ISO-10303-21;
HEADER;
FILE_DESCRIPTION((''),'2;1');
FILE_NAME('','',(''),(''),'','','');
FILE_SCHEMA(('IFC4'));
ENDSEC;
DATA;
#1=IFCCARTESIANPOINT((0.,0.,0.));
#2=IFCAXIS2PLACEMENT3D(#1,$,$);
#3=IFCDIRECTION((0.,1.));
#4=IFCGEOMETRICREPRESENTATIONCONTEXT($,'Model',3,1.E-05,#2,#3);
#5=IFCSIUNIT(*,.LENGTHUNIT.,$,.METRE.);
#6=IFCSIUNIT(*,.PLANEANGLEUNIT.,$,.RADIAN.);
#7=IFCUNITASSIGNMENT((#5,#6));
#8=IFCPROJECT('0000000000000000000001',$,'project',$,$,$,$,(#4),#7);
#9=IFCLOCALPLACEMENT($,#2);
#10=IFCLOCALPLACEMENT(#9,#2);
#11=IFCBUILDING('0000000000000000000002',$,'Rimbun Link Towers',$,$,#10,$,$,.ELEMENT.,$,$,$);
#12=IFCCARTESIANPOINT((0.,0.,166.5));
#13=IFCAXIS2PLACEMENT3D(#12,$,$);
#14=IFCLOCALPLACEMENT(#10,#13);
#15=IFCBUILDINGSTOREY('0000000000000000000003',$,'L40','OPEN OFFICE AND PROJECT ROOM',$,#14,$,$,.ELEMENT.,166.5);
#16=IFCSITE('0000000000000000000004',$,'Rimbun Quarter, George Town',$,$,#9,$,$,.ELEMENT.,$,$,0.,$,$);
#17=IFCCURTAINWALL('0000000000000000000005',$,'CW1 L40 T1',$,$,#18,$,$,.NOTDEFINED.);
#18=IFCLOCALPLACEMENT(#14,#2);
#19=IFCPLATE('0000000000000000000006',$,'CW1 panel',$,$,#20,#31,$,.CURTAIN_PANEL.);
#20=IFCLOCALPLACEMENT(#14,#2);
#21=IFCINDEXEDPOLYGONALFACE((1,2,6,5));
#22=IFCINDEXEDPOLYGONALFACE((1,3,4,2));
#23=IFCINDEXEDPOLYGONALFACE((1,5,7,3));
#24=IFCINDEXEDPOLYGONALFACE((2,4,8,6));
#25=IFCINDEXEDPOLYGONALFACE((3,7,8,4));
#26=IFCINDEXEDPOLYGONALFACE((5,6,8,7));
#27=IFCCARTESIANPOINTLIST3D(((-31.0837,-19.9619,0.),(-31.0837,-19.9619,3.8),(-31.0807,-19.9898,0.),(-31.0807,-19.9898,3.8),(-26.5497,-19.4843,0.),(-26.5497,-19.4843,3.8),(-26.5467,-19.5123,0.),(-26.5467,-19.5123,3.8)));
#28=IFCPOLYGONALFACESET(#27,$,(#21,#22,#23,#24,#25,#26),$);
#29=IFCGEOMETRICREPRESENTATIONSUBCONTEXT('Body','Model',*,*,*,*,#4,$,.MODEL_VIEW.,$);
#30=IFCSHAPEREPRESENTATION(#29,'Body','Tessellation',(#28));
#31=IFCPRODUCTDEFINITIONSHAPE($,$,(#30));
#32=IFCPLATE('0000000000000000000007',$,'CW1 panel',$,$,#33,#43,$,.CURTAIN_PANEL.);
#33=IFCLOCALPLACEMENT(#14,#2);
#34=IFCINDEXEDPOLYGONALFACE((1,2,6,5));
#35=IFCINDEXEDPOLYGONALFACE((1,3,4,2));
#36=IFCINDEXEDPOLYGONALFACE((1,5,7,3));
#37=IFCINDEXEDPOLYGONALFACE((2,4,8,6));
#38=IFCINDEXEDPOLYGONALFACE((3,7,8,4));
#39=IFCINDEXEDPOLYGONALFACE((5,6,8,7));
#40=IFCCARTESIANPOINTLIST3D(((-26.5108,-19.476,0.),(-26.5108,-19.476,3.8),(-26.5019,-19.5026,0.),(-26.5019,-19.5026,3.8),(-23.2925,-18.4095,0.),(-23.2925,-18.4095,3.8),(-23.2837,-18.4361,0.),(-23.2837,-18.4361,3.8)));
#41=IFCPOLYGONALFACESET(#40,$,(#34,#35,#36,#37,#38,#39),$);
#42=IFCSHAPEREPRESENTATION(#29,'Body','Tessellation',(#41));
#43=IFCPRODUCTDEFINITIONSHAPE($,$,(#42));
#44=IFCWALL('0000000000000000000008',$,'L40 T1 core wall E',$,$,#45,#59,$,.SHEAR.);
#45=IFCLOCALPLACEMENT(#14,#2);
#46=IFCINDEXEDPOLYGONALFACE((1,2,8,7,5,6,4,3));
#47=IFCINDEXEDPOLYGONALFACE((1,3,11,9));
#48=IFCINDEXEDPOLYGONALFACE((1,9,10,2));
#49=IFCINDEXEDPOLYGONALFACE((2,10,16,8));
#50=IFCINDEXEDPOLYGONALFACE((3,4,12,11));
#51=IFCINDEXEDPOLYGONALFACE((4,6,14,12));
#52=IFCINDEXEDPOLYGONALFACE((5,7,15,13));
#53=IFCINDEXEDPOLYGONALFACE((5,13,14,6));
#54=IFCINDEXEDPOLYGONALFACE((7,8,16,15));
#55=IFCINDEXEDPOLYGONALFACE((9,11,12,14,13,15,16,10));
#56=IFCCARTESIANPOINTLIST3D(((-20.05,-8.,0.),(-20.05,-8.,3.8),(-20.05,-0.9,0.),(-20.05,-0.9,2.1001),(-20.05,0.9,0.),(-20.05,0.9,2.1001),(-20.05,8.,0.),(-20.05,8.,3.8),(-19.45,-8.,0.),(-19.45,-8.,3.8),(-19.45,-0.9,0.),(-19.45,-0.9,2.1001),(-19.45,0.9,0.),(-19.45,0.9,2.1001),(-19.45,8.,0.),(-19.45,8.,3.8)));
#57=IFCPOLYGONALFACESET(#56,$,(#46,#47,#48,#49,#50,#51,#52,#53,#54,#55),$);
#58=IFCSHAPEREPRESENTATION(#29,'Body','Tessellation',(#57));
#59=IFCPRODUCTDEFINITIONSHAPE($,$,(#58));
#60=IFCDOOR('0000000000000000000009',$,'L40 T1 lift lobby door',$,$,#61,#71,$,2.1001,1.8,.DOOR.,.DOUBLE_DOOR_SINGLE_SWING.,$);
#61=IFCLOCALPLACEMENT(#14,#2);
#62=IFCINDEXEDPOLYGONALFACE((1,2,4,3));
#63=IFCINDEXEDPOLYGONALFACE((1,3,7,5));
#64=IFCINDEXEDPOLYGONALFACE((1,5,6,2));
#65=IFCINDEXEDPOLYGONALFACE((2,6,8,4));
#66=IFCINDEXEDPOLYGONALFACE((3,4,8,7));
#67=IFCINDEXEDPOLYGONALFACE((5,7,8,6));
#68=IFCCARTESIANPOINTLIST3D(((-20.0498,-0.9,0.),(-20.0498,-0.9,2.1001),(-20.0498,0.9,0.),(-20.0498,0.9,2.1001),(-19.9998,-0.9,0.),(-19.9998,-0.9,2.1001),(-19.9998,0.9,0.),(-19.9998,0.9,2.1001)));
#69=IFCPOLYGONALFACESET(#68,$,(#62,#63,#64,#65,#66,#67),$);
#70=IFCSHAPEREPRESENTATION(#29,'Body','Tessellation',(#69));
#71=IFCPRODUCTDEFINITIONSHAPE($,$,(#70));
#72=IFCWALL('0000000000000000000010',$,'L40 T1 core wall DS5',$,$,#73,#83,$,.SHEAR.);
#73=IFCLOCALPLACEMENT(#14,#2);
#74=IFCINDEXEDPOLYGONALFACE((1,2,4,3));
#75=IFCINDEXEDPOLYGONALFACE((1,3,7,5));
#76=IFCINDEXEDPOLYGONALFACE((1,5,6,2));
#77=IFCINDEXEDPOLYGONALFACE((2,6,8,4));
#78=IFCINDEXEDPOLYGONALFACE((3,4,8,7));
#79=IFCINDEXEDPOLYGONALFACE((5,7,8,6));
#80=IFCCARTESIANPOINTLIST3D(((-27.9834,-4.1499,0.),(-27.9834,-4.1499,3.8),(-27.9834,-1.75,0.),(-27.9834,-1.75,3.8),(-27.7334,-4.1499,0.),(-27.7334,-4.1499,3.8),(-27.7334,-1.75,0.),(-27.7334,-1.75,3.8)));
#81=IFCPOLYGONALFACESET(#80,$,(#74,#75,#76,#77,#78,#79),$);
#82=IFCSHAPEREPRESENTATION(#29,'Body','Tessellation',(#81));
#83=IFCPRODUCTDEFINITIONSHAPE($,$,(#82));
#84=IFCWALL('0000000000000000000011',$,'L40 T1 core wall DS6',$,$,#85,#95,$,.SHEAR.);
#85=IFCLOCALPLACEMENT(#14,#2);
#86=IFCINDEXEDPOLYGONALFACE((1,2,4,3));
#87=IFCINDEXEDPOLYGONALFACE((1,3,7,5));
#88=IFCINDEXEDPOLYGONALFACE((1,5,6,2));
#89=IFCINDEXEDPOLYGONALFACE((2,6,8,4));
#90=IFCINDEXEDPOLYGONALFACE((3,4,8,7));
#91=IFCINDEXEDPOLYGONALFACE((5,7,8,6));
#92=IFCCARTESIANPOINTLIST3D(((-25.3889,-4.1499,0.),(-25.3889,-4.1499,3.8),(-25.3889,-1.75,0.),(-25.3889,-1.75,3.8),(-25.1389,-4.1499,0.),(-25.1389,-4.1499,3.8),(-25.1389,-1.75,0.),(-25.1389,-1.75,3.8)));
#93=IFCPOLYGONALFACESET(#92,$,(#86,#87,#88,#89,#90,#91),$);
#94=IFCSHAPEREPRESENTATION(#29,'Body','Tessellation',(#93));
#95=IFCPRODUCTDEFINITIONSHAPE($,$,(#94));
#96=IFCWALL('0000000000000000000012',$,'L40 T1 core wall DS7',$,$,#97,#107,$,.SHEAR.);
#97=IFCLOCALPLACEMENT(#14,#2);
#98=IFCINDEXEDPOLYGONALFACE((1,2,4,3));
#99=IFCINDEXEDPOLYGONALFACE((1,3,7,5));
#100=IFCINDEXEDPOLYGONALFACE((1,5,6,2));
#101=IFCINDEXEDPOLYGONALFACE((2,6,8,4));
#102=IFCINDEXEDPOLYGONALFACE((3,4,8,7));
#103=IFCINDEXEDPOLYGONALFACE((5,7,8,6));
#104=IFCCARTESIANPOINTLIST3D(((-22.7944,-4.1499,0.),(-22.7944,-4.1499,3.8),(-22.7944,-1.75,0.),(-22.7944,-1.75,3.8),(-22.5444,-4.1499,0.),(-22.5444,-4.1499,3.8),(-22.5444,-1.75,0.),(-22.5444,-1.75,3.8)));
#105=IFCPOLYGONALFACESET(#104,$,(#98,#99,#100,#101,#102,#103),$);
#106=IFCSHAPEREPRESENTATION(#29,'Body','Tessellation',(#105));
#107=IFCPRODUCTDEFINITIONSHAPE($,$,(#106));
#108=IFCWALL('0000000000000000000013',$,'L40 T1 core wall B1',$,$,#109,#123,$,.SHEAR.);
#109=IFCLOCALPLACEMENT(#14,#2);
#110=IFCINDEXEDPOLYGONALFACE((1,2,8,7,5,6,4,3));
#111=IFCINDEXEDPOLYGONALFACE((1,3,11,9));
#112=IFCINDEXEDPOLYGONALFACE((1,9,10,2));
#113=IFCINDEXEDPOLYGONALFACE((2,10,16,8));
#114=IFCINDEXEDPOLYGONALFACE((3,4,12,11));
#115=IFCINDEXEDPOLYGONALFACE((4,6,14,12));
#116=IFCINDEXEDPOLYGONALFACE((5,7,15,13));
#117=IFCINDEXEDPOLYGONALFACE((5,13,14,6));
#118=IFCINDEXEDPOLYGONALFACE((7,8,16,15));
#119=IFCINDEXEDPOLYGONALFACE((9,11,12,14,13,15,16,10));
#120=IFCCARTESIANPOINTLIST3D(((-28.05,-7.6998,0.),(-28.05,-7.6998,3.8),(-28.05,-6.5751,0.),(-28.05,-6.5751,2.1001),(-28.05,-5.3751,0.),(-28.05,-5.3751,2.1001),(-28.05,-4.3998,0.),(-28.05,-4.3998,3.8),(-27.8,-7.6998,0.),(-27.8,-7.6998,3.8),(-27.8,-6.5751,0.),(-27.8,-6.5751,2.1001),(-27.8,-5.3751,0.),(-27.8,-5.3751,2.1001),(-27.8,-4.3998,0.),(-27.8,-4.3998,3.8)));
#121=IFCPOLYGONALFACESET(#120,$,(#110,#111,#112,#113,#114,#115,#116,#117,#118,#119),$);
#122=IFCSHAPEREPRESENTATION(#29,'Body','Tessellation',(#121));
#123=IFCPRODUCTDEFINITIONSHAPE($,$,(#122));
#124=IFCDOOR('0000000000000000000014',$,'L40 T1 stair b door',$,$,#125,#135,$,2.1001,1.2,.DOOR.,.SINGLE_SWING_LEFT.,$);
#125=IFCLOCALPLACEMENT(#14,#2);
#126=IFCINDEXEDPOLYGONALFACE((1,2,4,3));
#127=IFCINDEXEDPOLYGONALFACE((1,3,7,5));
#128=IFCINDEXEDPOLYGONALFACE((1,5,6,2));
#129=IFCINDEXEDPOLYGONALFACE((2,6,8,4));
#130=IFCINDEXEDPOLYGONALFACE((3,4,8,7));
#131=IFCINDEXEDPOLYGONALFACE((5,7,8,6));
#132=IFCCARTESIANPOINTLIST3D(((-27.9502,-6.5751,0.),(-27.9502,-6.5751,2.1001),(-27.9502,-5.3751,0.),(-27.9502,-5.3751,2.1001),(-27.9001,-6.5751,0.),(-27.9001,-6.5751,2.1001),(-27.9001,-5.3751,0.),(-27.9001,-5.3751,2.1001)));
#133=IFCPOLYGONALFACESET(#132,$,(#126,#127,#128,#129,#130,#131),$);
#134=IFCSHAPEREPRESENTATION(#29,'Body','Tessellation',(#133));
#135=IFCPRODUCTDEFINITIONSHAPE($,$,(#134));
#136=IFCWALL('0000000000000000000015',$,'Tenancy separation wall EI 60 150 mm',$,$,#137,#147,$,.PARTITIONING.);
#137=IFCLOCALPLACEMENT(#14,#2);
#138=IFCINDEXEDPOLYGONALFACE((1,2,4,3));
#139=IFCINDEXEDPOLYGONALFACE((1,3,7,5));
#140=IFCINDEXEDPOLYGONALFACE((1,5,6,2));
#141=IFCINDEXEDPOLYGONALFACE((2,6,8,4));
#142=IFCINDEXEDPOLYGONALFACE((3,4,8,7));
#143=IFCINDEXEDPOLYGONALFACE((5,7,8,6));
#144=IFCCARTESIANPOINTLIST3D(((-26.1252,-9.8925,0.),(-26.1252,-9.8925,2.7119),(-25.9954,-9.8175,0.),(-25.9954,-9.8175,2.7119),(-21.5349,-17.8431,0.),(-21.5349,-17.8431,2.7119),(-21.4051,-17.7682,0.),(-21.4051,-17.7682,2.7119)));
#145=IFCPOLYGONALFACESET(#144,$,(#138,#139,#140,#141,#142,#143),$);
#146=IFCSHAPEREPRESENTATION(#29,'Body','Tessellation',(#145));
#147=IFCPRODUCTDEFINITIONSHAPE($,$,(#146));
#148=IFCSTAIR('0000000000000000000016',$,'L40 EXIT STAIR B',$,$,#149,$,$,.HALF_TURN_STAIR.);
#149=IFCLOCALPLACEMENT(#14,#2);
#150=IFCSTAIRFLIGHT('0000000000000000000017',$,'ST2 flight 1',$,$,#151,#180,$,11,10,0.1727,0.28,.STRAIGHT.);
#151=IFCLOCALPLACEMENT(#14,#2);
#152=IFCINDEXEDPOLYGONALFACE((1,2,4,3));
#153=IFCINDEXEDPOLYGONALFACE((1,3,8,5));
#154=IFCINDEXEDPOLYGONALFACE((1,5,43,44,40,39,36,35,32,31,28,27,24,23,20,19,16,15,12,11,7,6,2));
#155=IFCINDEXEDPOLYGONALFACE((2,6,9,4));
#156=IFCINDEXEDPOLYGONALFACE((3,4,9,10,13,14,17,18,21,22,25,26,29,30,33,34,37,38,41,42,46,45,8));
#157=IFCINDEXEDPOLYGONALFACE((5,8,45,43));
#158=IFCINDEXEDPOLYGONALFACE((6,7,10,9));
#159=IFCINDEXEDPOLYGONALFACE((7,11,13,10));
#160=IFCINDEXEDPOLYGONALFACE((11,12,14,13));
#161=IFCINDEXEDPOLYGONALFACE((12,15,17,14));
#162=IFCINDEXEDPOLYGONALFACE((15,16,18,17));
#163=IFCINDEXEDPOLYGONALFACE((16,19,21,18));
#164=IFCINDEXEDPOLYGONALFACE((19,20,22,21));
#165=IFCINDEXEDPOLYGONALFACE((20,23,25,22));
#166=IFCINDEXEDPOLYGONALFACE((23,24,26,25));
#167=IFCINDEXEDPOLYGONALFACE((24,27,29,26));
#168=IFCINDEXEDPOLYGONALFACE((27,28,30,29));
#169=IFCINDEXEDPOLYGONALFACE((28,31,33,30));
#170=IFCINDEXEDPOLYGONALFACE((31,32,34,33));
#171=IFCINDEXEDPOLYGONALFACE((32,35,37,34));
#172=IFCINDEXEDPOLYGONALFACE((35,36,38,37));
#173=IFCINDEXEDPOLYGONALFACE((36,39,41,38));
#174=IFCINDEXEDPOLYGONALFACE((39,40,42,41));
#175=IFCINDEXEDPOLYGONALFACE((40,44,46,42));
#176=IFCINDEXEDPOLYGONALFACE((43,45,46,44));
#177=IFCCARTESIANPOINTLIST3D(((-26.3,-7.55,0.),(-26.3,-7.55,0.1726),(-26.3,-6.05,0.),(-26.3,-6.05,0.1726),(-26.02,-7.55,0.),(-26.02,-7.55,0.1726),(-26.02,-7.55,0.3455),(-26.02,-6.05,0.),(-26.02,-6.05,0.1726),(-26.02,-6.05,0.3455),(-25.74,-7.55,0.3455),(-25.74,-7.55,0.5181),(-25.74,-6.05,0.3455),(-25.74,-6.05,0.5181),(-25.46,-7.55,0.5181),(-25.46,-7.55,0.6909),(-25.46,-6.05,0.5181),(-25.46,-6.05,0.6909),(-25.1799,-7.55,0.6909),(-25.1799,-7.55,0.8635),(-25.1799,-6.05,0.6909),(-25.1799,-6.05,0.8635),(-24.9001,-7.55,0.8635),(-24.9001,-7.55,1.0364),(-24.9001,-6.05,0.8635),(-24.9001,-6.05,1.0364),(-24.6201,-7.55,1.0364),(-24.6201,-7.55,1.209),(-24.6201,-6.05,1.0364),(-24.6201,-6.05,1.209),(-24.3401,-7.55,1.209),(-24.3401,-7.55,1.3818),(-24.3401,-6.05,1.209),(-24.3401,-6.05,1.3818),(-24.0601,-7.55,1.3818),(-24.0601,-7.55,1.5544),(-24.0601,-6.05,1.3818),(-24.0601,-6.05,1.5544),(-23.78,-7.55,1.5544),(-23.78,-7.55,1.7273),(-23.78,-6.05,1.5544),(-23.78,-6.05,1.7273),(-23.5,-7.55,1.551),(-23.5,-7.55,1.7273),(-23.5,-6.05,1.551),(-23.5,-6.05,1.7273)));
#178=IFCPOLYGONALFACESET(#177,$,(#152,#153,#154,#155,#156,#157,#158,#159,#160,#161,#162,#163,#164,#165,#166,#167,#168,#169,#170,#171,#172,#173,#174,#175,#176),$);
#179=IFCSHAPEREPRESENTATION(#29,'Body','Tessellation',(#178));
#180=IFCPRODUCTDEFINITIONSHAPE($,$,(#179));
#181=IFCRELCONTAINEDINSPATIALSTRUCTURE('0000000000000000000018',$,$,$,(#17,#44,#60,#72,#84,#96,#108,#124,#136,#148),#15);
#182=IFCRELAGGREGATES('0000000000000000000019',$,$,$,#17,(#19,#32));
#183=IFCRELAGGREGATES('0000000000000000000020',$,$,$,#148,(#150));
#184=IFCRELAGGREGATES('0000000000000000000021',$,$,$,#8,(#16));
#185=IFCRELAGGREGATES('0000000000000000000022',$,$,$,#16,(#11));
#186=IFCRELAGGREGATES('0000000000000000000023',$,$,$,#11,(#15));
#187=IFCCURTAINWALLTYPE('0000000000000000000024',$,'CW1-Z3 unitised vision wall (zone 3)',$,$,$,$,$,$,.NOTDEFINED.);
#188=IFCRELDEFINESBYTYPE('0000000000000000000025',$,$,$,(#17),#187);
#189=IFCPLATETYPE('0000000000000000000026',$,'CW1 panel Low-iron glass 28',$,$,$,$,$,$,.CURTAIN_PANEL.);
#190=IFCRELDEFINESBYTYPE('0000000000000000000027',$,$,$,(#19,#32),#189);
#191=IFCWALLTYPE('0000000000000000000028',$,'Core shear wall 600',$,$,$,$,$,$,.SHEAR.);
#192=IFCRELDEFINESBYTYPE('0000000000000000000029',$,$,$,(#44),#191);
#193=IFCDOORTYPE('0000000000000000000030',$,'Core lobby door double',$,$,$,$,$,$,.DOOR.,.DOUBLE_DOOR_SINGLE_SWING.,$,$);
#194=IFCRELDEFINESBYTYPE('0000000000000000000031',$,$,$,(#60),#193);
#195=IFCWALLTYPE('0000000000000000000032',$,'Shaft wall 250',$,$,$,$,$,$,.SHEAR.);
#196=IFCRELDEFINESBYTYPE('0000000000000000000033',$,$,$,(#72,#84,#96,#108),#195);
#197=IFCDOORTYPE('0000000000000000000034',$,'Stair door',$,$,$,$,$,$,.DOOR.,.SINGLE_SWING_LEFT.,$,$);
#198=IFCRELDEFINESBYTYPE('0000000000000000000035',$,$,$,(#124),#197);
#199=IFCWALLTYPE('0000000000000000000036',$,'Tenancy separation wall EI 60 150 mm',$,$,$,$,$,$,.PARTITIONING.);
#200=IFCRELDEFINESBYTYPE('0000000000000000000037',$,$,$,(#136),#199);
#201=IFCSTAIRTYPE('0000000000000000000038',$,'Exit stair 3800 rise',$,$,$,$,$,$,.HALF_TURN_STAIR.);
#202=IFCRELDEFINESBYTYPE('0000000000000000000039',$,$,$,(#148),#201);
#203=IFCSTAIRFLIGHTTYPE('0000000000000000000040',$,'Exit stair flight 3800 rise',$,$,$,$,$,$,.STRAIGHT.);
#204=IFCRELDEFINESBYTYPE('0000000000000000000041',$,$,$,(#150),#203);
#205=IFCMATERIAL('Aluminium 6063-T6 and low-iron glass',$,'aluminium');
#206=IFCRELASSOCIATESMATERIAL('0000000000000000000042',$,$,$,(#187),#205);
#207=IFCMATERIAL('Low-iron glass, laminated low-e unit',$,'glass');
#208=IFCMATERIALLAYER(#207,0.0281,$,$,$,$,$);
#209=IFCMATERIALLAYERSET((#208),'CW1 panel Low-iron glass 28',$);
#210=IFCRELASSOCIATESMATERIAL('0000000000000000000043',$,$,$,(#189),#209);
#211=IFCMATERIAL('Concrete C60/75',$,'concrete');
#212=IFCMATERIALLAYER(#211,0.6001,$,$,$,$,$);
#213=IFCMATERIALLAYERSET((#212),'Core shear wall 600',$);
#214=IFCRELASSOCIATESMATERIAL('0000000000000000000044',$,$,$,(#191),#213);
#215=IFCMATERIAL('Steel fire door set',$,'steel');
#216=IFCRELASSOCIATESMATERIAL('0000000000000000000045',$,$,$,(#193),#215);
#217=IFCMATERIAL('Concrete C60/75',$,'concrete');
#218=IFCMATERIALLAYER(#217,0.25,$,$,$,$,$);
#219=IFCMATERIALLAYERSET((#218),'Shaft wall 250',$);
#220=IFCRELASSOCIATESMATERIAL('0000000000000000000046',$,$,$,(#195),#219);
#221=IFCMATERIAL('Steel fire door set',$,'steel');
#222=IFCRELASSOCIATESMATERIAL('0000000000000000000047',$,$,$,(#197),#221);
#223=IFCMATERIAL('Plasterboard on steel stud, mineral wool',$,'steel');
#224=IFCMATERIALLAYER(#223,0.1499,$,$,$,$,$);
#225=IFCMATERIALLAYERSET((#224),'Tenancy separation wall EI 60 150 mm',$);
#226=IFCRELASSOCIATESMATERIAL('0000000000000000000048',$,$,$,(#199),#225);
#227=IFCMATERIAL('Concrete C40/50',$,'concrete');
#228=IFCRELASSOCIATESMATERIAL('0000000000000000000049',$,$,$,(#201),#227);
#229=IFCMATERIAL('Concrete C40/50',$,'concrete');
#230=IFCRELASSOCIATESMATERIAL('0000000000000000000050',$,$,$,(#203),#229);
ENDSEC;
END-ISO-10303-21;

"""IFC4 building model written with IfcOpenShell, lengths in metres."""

from ifc_helpers import new_model, si_unit, direction, frame, frame_2d, origin, origin_2d, place, context, subcontext, project, spatial, polyline, rectangle, outline, extrude, material, layer, layer_set, type_object, element, fill, aggregate, save


model = new_model("IFC4")

# Units and contexts
model_context = context("Model", 3, precision=1e-05, world=origin(), true_north=direction((0.0, 1.0)))
body_context = subcontext(model_context, "Body", "Model", "MODEL_VIEW")
ifc_project = project(units=[si_unit("LENGTHUNIT", "METRE"), si_unit("PLANEANGLEUNIT", "RADIAN")], contexts=[model_context])

# Site, building, storey
site_placement = place(None, origin())
site = spatial("IfcSite", under=ifc_project, at=site_placement, Name="Rimbun Quarter, George Town", CompositionType="ELEMENT", RefElevation=0.0)
building_placement = place(site_placement, origin())
building = spatial("IfcBuilding", under=site, at=building_placement, Name="Rimbun Link Towers", CompositionType="ELEMENT")
storey_placement = place(building_placement, frame((0.0, 0.0, 166.5)))
storey = spatial("IfcBuildingStorey", under=building, at=storey_placement, Name="L40", Description="OPEN OFFICE AND PROJECT ROOM", CompositionType="ELEMENT", Elevation=166.5)

# Curtain wall
ifc_material_1 = material(Name="Aluminium 6063-T6 and low-iron glass", Category="aluminium")
curtain_wall_type = type_object("IfcCurtainWallType", Name="CW1-Z3 unitised vision wall (zone 3)", PredefinedType="NOTDEFINED", material=ifc_material_1)
curtain_wall_placement = place(storey_placement, origin())
curtain_wall = element("IfcCurtainWall", 1, at=curtain_wall_placement, inside=storey, type_object=curtain_wall_type, Name="CW1 L40 T1", PredefinedType="NOTDEFINED")

# Plates
ifc_material_2 = material(Name="Low-iron glass, laminated low-e unit", Category="glass")
ifc_layer_1 = layer(ifc_material_2, 0.0281)
ifc_layer_set_1 = layer_set([ifc_layer_1], Name="CW1 panel Low-iron glass 28")
plate_type = type_object("IfcPlateType", Name="CW1 panel Low-iron glass 28", PredefinedType="CURTAIN_PANEL", material=ifc_layer_set_1)
plate_1_placement = place(storey_placement, frame((-28.8152, -19.7371, 0.0), z_axis=(0.0, 0.0, 1.0), x_axis=(-0.9945, -0.10474, 0.0)))
plate_1 = element("IfcPlate", 2, at=plate_1_placement, type_object=plate_type, Name="CW1 panel", PredefinedType="CURTAIN_PANEL", context=body_context, shape_type="SweptSolid", body=[
    extrude(rectangle(XDim=4.5591, YDim=0.0281, at=origin_2d()), origin(), (0.0, 0.0, 1.0), 3.8),
])
plate_2_placement = place(storey_placement, frame((-24.8972, -18.9561, 0.0), z_axis=(0.0, 0.0, 1.0), x_axis=(-0.949239, -0.314556, 0.0)))
plate_2 = element("IfcPlate", 3, at=plate_2_placement, type_object=plate_type, Name="CW1 panel", PredefinedType="CURTAIN_PANEL", context=body_context, shape_type="SweptSolid", body=[
    extrude(rectangle(XDim=3.3904, YDim=0.0281, at=origin_2d()), origin(), (0.0, 0.0, 1.0), 3.8),
])
aggregate(curtain_wall, [plate_1, plate_2])

# Wall, opening, door
ifc_material_3 = material(Name="Concrete C60/75", Category="concrete")
ifc_layer_2 = layer(ifc_material_3, 0.6001)
ifc_layer_set_2 = layer_set([ifc_layer_2], Name="Core shear wall 600")
wall_type_1 = type_object("IfcWallType", Name="Core shear wall 600", PredefinedType="SHEAR", material=ifc_layer_set_2)
wall_1_placement = place(storey_placement, frame((-19.75, -8.0, 0.0), z_axis=(0.0, 0.0, 1.0), x_axis=(0.0, 1.0, 0.0)))
wall_1 = element("IfcWall", 4, at=wall_1_placement, inside=storey, type_object=wall_type_1, Name="L40 T1 core wall E", PredefinedType="SHEAR", context=body_context, shape_type="SweptSolid", body=[
    extrude(rectangle(XDim=16.0, YDim=0.6001, at=frame_2d((8.0, 0.0))), origin(), (0.0, 0.0, 1.0), 3.8),
])
opening_1_placement = place(wall_1_placement, frame((7.1001, 0.0, 0.0)))
opening_1 = element("IfcOpeningElement", 5, at=opening_1_placement, cuts=wall_1, PredefinedType="OPENING", context=body_context, shape_type="SweptSolid", body=[
    extrude(rectangle(XDim=1.8, YDim=2.1001, at=frame_2d((0.8999, 1.05))), frame((0.0, 0.3101, 0.0), z_axis=(0.0, -1.0, 0.0), x_axis=(1.0, 0.0, 0.0)), (0.0, 0.0, 1.0), 0.6201),
])
ifc_material_4 = material(Name="Steel fire door set", Category="steel")
door_type_1 = type_object("IfcDoorType", Name="Core lobby door double", OperationType="DOUBLE_DOOR_SINGLE_SWING", PredefinedType="DOOR", material=ifc_material_4)
door_1_placement = place(opening_1_placement, origin())
door_1 = element("IfcDoor", 6, at=door_1_placement, inside=storey, type_object=door_type_1, Name="L40 T1 lift lobby door", OperationType="DOUBLE_DOOR_SINGLE_SWING", OverallHeight=2.1001, OverallWidth=1.8, PredefinedType="DOOR", context=body_context, shape_type="SweptSolid", body=[
    extrude(rectangle(XDim=1.8, YDim=2.1001, at=frame_2d((0.8999, 1.05))), frame((0.0, 0.2998, 0.0), z_axis=(0.0, -1.0, 0.0), x_axis=(1.0, 0.0, 0.0)), (0.0, 0.0, 1.0), 0.05),
])
fill(opening_1, door_1)

# Walls
ifc_material_5 = material(Name="Concrete C60/75", Category="concrete")
ifc_layer_3 = layer(ifc_material_5, 0.25)
ifc_layer_set_3 = layer_set([ifc_layer_3], Name="Shaft wall 250")
wall_type_2 = type_object("IfcWallType", Name="Shaft wall 250", PredefinedType="SHEAR", material=ifc_layer_set_3)
for number, where, z_axis, x_axis, name in (
    (7, (-27.8584, -4.1499, 0.0), (0.0, 0.0, 1.0), (0.0, 1.0, 0.0), "L40 T1 core wall DS5"),
    (8, (-25.2639, -4.1499, 0.0), (0.0, 0.0, 1.0), (0.0, 1.0, 0.0), "L40 T1 core wall DS6"),
    (9, (-22.6694, -4.1499, 0.0), (0.0, 0.0, 1.0), (0.0, 1.0, 0.0), "L40 T1 core wall DS7"),
):
    element("IfcWall", number, at=place(storey_placement, frame(where, z_axis=z_axis, x_axis=x_axis)), inside=storey, type_object=wall_type_2, Name=name, PredefinedType="SHEAR", context=body_context, shape_type="SweptSolid", body=[
        extrude(rectangle(XDim=2.3999, YDim=0.25, at=frame_2d((1.2, 0.0))), origin(), (0.0, 0.0, 1.0), 3.8),
    ])

# Wall, opening, door
wall_2_placement = place(storey_placement, frame((-27.925, -4.3999, 0.0), z_axis=(0.0, 0.0, 1.0), x_axis=(0.0, -1.0, 0.0)))
wall_2 = element("IfcWall", 10, at=wall_2_placement, inside=storey, type_object=wall_type_2, Name="L40 T1 core wall B1", PredefinedType="SHEAR", context=body_context, shape_type="SweptSolid", body=[
    extrude(rectangle(XDim=3.3, YDim=0.25, at=frame_2d((1.6499, 0.0))), origin(), (0.0, 0.0, 1.0), 3.8),
])
opening_2_placement = place(wall_2_placement, frame((0.9751, 0.0, 0.0)))
opening_2 = element("IfcOpeningElement", 11, at=opening_2_placement, cuts=wall_2, PredefinedType="OPENING", context=body_context, shape_type="SweptSolid", body=[
    extrude(rectangle(XDim=1.2, YDim=2.1001, at=frame_2d((0.6001, 1.05))), frame((0.0, 0.135, 0.0), z_axis=(0.0, -1.0, 0.0), x_axis=(1.0, 0.0, 0.0)), (0.0, 0.0, 1.0), 0.27),
])
ifc_material_6 = material(Name="Steel fire door set", Category="steel")
door_type_2 = type_object("IfcDoorType", Name="Stair door", OperationType="SINGLE_SWING_LEFT", PredefinedType="DOOR", material=ifc_material_6)
door_2_placement = place(opening_2_placement, origin())
door_2 = element("IfcDoor", 12, at=door_2_placement, inside=storey, type_object=door_type_2, Name="L40 T1 stair b door", OperationType="SINGLE_SWING_LEFT", OverallHeight=2.1001, OverallWidth=1.2, PredefinedType="DOOR", context=body_context, shape_type="SweptSolid", body=[
    extrude(rectangle(XDim=1.2, YDim=2.1001, at=frame_2d((0.6001, 1.05))), frame((0.0, 0.0249, 0.0), z_axis=(0.0, -1.0, 0.0), x_axis=(1.0, 0.0, 0.0)), (0.0, 0.0, 1.0), 0.05),
])
fill(opening_2, door_2)

# Wall
ifc_material_7 = material(Name="Plasterboard on steel stud, mineral wool", Category="steel")
ifc_layer_4 = layer(ifc_material_7, 0.1499)
ifc_layer_set_4 = layer_set([ifc_layer_4], Name="Tenancy separation wall EI 60 150 mm")
wall_type_3 = type_object("IfcWallType", Name="Tenancy separation wall EI 60 150 mm", PredefinedType="PARTITIONING", material=ifc_layer_set_4)
wall_3_placement = place(storey_placement, frame((-26.0603, -9.855, 0.0), z_axis=(0.0, 0.0, 1.0), x_axis=(0.5, -0.866025, 0.0)))
element("IfcWall", 13, at=wall_3_placement, inside=storey, type_object=wall_type_3, Name="Tenancy separation wall EI 60 150 mm", PredefinedType="PARTITIONING", context=body_context, shape_type="SweptSolid", body=[
    extrude(rectangle(XDim=9.1807, YDim=0.1499, at=frame_2d((4.5903, 0.0))), origin(), (0.0, 0.0, 1.0), 2.7119),
])

# Stair, stair flight
ifc_material_8 = material(Name="Concrete C40/50", Category="concrete")
stair_type = type_object("IfcStairType", Name="Exit stair 3800 rise", PredefinedType="HALF_TURN_STAIR", material=ifc_material_8)
stair_placement = place(storey_placement, origin())
stair = element("IfcStair", 14, at=stair_placement, inside=storey, type_object=stair_type, Name="L40 EXIT STAIR B", PredefinedType="HALF_TURN_STAIR")
ifc_material_9 = material(Name="Concrete C40/50", Category="concrete")
stair_flight_type = type_object("IfcStairFlightType", Name="Exit stair flight 3800 rise", PredefinedType="STRAIGHT", material=ifc_material_9)
stair_flight_1_placement = place(storey_placement, frame((-26.3, -6.8, 0.0), z_axis=(0.0, 0.0, 1.0), x_axis=(1.0, 0.0, 0.0)))
stair_flight_1 = element("IfcStairFlight", 15, at=stair_flight_1_placement, type_object=stair_flight_type, Name="ST2 flight 1", NumberOfRisers=11, NumberOfTreads=10, PredefinedType="STRAIGHT", RiserHeight=0.1727, TreadLength=0.28, context=body_context, shape_type="SweptSolid", body=[
    extrude(outline(polyline([(0.0, 0.0), (0.0, 0.1726), (0.28, 0.1726), (0.28, 0.3455), (0.5601, 0.3455), (0.5601, 0.5181), (0.8401, 0.5181), (0.8401, 0.6909), (1.1201, 0.6909), (1.1201, 0.8635), (1.3999, 0.8635), (1.3999, 1.0364), (1.6799, 1.0364), (1.6799, 1.209), (1.96, 1.209), (1.96, 1.3818), (2.24, 1.3818), (2.24, 1.5544), (2.52, 1.5544), (2.52, 1.7273), (2.8, 1.7273), (2.8, 1.8999), (2.8, 1.551), (0.28, 0.0), (0.0, 0.0)])), frame((0.0, 0.75, 0.0), z_axis=(0.0, -1.0, 0.0), x_axis=(1.0, 0.0, 0.0)), (0.0, 0.0, 1.0), 1.5),
])
aggregate(stair, [stair_flight_1])

save(model, "model.ifc")
